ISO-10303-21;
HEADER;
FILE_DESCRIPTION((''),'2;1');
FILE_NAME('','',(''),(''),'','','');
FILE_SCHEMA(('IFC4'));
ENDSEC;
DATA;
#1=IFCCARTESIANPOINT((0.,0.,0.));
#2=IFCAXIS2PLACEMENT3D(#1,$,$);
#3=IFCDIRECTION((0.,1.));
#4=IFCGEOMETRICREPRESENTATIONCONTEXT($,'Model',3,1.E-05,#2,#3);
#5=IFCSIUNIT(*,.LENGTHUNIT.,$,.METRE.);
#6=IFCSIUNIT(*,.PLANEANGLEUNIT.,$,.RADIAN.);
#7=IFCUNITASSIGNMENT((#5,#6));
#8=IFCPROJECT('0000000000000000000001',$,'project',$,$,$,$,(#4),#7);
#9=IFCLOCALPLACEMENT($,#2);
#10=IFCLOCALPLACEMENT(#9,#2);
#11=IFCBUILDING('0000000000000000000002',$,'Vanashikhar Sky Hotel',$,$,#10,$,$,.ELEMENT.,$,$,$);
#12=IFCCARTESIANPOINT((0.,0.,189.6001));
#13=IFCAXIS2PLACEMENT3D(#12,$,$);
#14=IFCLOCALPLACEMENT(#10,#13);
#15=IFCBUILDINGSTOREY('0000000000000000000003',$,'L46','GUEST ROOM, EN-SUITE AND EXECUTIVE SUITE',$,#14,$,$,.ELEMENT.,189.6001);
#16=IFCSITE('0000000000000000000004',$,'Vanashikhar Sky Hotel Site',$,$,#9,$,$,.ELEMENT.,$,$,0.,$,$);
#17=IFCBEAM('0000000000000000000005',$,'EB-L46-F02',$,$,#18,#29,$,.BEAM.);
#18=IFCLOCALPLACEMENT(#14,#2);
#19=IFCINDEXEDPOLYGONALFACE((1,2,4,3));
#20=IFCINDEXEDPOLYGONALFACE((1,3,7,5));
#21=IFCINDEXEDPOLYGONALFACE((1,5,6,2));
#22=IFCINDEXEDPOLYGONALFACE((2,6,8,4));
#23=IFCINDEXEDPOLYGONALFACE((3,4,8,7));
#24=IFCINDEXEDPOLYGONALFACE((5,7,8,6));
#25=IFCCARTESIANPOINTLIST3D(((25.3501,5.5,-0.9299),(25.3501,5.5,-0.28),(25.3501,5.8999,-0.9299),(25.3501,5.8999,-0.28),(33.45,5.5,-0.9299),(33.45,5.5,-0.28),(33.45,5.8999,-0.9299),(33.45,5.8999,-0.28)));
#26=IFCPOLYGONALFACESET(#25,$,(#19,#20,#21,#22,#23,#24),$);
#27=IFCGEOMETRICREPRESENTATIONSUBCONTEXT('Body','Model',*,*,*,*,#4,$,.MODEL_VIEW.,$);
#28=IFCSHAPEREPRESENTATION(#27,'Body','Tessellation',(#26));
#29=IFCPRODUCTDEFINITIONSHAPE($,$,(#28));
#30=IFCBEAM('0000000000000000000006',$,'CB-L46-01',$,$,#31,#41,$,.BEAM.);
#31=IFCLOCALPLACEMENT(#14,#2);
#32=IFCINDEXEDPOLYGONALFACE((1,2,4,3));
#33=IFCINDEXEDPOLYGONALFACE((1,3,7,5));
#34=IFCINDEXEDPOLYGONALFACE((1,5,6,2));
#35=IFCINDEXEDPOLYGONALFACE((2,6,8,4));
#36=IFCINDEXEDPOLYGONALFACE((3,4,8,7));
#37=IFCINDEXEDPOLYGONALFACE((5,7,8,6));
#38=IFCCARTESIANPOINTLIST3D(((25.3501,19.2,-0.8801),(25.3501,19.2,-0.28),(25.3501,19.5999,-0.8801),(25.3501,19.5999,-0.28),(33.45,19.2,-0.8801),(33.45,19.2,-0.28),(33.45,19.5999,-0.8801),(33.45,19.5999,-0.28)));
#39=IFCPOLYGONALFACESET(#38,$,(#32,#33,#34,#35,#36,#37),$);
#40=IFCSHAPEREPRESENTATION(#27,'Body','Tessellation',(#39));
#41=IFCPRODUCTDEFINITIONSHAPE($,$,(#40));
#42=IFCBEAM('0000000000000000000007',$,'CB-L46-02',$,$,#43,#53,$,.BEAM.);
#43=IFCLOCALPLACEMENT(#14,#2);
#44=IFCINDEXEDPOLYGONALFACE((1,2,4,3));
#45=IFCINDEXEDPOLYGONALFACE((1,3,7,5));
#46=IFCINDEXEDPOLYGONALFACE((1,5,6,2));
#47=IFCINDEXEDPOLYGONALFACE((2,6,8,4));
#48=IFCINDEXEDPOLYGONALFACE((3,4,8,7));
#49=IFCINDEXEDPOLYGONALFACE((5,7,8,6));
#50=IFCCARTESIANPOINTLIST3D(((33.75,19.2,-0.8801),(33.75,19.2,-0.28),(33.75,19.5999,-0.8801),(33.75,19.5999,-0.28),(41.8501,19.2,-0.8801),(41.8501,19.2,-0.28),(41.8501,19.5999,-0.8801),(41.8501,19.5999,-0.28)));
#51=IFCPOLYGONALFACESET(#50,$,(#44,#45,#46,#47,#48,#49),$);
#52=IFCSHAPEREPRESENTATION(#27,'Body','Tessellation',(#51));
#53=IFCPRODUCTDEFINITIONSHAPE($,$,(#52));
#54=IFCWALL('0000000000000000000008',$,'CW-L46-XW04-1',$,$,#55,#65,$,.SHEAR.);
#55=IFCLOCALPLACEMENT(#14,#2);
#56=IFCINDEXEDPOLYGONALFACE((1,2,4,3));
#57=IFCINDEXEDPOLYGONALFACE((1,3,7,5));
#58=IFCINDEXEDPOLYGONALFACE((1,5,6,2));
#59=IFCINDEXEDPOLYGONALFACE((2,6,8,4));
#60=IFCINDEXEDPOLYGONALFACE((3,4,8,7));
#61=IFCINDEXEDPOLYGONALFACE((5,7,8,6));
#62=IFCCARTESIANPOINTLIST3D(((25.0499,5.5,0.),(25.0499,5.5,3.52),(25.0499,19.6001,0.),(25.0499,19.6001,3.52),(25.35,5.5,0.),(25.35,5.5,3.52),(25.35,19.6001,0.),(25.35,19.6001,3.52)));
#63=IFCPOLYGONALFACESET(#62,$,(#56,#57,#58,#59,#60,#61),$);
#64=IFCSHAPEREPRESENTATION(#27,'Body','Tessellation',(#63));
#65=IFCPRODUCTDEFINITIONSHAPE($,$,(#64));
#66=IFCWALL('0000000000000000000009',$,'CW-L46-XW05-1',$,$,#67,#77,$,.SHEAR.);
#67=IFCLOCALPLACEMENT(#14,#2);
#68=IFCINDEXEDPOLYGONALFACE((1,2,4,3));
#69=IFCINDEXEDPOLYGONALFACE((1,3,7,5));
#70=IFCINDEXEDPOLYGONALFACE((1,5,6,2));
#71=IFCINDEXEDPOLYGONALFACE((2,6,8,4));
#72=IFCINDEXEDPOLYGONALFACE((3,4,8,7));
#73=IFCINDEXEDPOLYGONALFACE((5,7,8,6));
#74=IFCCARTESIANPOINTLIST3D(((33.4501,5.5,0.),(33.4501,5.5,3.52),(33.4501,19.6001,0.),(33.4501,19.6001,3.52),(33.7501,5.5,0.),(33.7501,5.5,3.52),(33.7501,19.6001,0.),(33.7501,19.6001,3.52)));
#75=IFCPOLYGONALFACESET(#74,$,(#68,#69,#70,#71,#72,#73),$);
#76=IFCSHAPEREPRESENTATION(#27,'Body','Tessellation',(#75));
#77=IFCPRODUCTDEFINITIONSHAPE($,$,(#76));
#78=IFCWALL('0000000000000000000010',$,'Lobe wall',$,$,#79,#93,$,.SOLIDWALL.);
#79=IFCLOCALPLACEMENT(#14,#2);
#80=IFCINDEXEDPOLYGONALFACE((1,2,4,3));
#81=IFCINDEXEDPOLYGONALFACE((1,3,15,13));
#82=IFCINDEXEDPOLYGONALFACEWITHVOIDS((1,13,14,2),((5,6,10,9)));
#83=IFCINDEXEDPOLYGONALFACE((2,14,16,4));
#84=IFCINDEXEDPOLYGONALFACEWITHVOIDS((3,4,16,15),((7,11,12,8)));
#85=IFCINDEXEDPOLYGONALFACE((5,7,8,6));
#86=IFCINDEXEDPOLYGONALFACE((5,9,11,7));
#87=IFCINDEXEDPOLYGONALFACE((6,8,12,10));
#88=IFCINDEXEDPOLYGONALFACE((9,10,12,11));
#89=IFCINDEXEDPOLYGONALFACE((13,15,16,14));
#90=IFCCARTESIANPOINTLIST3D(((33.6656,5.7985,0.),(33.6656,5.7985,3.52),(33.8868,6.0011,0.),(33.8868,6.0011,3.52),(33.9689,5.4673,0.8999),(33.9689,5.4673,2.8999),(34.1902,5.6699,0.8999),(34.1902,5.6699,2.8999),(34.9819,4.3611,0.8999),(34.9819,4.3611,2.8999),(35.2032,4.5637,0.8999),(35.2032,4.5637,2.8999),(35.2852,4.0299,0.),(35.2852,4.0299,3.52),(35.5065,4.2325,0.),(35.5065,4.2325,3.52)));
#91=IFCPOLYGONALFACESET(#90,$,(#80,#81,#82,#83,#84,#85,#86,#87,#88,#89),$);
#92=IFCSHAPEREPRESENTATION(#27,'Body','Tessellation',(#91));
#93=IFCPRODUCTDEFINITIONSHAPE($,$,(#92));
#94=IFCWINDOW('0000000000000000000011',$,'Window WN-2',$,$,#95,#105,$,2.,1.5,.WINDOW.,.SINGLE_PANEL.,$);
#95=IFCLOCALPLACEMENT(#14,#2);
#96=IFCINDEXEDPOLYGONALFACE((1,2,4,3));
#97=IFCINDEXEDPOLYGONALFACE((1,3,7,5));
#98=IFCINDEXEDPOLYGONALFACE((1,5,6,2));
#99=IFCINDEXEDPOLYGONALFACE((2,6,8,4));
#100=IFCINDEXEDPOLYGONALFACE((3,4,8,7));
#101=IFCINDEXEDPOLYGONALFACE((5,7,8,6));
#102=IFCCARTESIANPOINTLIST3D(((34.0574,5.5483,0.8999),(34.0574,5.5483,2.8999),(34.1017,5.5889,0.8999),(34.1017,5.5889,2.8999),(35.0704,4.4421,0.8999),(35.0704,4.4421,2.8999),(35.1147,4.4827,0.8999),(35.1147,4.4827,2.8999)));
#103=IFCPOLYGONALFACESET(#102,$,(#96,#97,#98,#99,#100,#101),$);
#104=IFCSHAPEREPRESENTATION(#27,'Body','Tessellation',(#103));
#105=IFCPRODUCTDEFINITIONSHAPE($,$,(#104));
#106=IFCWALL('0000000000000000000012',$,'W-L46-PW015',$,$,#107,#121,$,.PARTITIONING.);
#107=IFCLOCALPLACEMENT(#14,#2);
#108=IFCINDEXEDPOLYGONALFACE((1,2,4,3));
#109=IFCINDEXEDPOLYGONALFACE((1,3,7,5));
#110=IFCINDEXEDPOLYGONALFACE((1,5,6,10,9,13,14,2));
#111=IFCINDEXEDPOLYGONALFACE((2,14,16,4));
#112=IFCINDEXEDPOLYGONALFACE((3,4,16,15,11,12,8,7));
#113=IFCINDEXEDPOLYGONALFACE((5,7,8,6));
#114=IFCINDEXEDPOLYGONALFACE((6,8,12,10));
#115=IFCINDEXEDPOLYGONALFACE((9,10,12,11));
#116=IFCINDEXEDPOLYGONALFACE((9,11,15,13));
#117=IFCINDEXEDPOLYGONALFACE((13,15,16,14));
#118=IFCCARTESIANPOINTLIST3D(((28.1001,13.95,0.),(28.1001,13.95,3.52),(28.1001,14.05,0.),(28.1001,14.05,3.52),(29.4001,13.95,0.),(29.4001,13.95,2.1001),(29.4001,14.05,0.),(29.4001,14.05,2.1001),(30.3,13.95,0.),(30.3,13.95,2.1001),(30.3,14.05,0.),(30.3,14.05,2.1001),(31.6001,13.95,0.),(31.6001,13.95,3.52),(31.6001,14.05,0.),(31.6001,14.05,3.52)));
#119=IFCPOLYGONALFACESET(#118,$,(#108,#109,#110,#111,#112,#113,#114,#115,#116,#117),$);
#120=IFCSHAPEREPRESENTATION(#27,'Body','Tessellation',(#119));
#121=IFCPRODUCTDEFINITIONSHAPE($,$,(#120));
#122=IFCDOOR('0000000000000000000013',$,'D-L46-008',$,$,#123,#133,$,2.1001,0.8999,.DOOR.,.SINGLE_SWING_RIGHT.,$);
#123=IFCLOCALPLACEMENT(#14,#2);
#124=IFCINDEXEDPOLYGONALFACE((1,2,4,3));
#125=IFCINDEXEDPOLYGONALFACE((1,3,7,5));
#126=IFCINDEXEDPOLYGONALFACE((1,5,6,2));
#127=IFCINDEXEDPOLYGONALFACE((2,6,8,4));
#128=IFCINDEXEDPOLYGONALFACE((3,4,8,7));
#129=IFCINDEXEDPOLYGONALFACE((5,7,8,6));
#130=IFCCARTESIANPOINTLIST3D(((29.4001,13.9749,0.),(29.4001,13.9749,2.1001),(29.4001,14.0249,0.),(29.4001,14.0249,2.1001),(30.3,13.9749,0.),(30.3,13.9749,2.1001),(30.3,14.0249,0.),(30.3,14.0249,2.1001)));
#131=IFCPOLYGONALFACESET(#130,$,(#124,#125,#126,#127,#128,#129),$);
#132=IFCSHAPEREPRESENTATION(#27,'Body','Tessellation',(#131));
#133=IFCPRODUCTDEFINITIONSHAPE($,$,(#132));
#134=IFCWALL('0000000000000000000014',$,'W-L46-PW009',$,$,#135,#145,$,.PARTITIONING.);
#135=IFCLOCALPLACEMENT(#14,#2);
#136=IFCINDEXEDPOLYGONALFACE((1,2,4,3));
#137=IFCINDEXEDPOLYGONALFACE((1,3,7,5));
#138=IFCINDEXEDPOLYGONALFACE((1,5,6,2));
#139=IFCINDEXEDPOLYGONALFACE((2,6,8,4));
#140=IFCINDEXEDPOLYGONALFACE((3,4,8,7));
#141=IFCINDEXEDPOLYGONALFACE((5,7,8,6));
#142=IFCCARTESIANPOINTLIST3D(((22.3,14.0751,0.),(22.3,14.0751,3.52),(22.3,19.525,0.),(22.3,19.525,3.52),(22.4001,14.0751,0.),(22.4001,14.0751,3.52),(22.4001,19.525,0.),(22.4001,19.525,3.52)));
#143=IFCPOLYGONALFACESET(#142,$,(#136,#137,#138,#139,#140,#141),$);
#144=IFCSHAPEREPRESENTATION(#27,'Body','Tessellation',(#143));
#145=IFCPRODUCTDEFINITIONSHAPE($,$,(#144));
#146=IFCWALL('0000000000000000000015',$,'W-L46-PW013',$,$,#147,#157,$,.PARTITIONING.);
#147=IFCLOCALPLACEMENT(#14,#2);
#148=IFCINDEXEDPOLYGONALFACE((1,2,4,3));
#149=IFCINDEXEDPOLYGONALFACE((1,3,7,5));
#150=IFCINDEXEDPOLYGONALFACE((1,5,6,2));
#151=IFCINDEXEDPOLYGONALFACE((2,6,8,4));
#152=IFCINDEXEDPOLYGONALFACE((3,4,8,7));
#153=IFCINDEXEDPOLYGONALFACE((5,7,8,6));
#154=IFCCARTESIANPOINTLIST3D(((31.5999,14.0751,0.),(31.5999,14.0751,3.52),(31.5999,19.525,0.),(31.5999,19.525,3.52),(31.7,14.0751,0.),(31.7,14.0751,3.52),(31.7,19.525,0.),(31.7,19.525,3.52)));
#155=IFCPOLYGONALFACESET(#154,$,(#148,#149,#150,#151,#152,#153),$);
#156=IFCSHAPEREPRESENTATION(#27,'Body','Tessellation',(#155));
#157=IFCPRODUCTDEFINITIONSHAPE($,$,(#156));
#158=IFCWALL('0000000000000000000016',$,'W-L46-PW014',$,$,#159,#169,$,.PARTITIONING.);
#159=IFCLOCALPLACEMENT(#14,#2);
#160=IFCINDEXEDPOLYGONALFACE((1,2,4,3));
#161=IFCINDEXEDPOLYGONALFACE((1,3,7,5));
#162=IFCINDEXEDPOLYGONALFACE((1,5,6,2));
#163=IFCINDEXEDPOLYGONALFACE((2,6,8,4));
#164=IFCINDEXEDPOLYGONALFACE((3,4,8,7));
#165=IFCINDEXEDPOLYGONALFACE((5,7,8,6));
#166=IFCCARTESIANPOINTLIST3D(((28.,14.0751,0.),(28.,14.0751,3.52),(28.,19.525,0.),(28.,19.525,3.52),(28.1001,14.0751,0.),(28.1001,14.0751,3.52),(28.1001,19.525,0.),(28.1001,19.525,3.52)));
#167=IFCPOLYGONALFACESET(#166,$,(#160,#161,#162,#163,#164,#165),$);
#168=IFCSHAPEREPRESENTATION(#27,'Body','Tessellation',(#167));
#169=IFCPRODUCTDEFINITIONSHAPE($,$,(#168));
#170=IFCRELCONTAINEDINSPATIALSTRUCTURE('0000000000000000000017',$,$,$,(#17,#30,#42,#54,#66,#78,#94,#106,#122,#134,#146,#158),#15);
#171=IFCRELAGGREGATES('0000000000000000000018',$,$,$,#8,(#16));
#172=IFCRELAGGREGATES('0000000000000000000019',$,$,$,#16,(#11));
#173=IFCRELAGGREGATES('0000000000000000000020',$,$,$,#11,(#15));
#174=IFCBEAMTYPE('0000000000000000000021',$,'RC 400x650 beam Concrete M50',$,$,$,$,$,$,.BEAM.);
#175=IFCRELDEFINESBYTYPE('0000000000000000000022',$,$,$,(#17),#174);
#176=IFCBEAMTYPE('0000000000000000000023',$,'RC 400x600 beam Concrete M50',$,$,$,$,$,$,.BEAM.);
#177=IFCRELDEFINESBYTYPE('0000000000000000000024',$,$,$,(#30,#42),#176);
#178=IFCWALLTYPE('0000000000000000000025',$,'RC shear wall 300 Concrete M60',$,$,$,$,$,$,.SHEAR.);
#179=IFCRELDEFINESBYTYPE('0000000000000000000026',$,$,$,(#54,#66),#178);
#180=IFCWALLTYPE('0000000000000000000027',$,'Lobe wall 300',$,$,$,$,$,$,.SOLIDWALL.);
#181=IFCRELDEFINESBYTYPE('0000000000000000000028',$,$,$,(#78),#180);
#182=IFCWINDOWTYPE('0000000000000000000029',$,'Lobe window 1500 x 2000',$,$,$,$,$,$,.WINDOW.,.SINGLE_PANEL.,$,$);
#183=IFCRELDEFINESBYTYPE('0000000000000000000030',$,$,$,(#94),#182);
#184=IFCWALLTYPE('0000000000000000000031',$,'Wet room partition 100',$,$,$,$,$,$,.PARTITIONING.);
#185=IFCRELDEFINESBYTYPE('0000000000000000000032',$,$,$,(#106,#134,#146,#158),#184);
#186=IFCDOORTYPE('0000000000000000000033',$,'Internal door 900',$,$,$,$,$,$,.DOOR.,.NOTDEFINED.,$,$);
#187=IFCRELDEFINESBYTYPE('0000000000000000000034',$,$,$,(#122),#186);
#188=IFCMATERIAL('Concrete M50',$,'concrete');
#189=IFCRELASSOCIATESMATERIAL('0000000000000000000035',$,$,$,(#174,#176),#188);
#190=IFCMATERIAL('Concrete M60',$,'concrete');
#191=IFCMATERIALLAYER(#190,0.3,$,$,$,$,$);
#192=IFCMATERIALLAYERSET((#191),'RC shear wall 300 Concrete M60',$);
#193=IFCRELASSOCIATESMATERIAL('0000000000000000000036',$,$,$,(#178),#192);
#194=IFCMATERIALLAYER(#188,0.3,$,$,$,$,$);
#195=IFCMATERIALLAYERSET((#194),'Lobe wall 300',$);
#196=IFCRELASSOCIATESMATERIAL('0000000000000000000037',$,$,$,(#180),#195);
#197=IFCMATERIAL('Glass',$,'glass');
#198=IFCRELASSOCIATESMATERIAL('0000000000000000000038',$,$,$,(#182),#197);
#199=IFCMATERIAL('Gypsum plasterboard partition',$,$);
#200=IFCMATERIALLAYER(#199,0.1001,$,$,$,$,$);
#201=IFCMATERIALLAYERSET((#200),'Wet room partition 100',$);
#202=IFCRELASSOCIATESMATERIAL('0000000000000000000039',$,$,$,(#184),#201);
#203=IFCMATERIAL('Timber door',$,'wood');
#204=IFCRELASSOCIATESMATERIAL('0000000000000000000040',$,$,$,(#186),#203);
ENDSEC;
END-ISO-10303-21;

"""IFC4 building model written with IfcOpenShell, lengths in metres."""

from ifc_helpers import new_model, si_unit, direction, frame, frame_2d, origin, origin_2d, place, context, subcontext, project, spatial, rectangle, extrude, source, transform, mapped, material, layer, layer_set, material_profile, profile_set, type_object, element, fill, save


model = new_model("IFC4")

# Units and contexts
model_context = context("Model", 3, precision=1e-05, world=origin(), true_north=direction((0.0, 1.0)))
body_context = subcontext(model_context, "Body", "Model", "MODEL_VIEW")
ifc_project = project(units=[si_unit("LENGTHUNIT", "METRE"), si_unit("PLANEANGLEUNIT", "RADIAN")], contexts=[model_context])

# Site, building, storey
site_placement = place(None, origin())
site = spatial("IfcSite", under=ifc_project, at=site_placement, Name="Vanashikhar Sky Hotel Site", CompositionType="ELEMENT", RefElevation=0.0)
building_placement = place(site_placement, origin())
building = spatial("IfcBuilding", under=site, at=building_placement, Name="Vanashikhar Sky Hotel", CompositionType="ELEMENT")
storey_placement = place(building_placement, frame((0.0, 0.0, 189.6001)))
storey = spatial("IfcBuildingStorey", under=building, at=storey_placement, Name="L46", Description="GUEST ROOM, EN-SUITE AND EXECUTIVE SUITE", CompositionType="ELEMENT", Elevation=189.6001)

# Beams
ifc_material_1 = material(Name="Concrete M50", Category="concrete")
ifc_material_profile_1 = material_profile(ifc_material_1, rectangle(XDim=0.3999, YDim=0.6499, at=origin_2d()))
ifc_profile_set_1 = profile_set([ifc_material_profile_1], Name="RC 400x650 beam Concrete M50")
beam_type_1 = type_object("IfcBeamType", Name="RC 400x650 beam Concrete M50", PredefinedType="BEAM", material=ifc_profile_set_1)
shared_shape_1 = source(origin(), body_context, "Body", "SweptSolid", [
    extrude(rectangle(XDim=0.3999, YDim=0.6499, at=origin_2d()), origin(), (0.0, 0.0, 1.0), 8.0999),
])
beam_1_placement = place(storey_placement, frame((25.3501, 5.7, -0.605), z_axis=(1.0, 0.0, 0.0), x_axis=(0.0, 1.0, 0.0)))
element("IfcBeam", 1, at=beam_1_placement, inside=storey, type_object=beam_type_1, Name="EB-L46-F02", PredefinedType="BEAM", context=body_context, shape_type="MappedRepresentation", body=[
    mapped(shared_shape_1, transform((0.0, 0.0, 0.0), scale=1.0)),
])
ifc_material_profile_2 = material_profile(ifc_material_1, rectangle(XDim=0.3999, YDim=0.6001, at=origin_2d()))
ifc_profile_set_2 = profile_set([ifc_material_profile_2], Name="RC 400x600 beam Concrete M50")
beam_type_2 = type_object("IfcBeamType", Name="RC 400x600 beam Concrete M50", PredefinedType="BEAM", material=ifc_profile_set_2)
shared_shape_2 = source(origin(), body_context, "Body", "SweptSolid", [
    extrude(rectangle(XDim=0.3999, YDim=0.6001, at=origin_2d()), origin(), (0.0, 0.0, 1.0), 8.0999),
])
beam_2_placement = place(storey_placement, frame((25.3501, 19.3999, -0.5801), z_axis=(1.0, 0.0, 0.0), x_axis=(0.0, 1.0, 0.0)))
element("IfcBeam", 2, at=beam_2_placement, inside=storey, type_object=beam_type_2, Name="CB-L46-01", PredefinedType="BEAM", context=body_context, shape_type="MappedRepresentation", body=[
    mapped(shared_shape_2, transform((0.0, 0.0, 0.0), scale=1.0)),
])
shared_shape_3 = source(origin(), body_context, "Body", "SweptSolid", [
    extrude(rectangle(XDim=0.3999, YDim=0.6001, at=origin_2d()), origin(), (0.0, 0.0, 1.0), 8.1001),
])
beam_3_placement = place(storey_placement, frame((33.75, 19.3999, -0.5801), z_axis=(1.0, 0.0, 0.0), x_axis=(0.0, 1.0, 0.0)))
element("IfcBeam", 3, at=beam_3_placement, inside=storey, type_object=beam_type_2, Name="CB-L46-02", PredefinedType="BEAM", context=body_context, shape_type="MappedRepresentation", body=[
    mapped(shared_shape_3, transform((0.0, 0.0, 0.0), scale=1.0)),
])

# Walls
ifc_material_2 = material(Name="Concrete M60", Category="concrete")
ifc_layer_1 = layer(ifc_material_2, 0.3)
ifc_layer_set_1 = layer_set([ifc_layer_1], Name="RC shear wall 300 Concrete M60")
wall_type_1 = type_object("IfcWallType", Name="RC shear wall 300 Concrete M60", PredefinedType="SHEAR", material=ifc_layer_set_1)
shared_shape_4 = source(origin(), body_context, "Body", "SweptSolid", [
    extrude(rectangle(XDim=14.1001, YDim=0.3, at=frame_2d((7.05, 0.0))), origin(), (0.0, 0.0, 1.0), 3.52),
])
for number, where, z_axis, x_axis, name in (
    (4, (25.2, 5.5, 0.0), (0.0, 0.0, 1.0), (0.0, 1.0, 0.0), "CW-L46-XW04-1"),
    (5, (33.6001, 5.5, 0.0), (0.0, 0.0, 1.0), (0.0, 1.0, 0.0), "CW-L46-XW05-1"),
):
    element("IfcWall", number, at=place(storey_placement, frame(where, z_axis=z_axis, x_axis=x_axis)), inside=storey, type_object=wall_type_1, Name=name, PredefinedType="SHEAR", context=body_context, shape_type="MappedRepresentation", body=[
        mapped(shared_shape_4, transform((0.0, 0.0, 0.0), scale=1.0)),
    ])

# Wall, opening, window
ifc_layer_2 = layer(ifc_material_1, 0.3)
ifc_layer_set_2 = layer_set([ifc_layer_2], Name="Lobe wall 300")
wall_type_2 = type_object("IfcWallType", Name="Lobe wall 300", PredefinedType="SOLIDWALL", material=ifc_layer_set_2)
shared_shape_5 = source(origin(), body_context, "Body", "SweptSolid", [
    extrude(rectangle(XDim=2.3982, YDim=0.3, at=frame_2d((1.1992, 0.0))), origin(), (0.0, 0.0, 1.0), 3.52),
])
wall_1_placement = place(storey_placement, frame((33.7761, 5.8999, 0.0), z_axis=(0.0, 0.0, 1.0), x_axis=(0.675374, -0.737475, 0.0)))
wall_1 = element("IfcWall", 6, at=wall_1_placement, inside=storey, type_object=wall_type_2, Name="Lobe wall", PredefinedType="SOLIDWALL", context=body_context, shape_type="MappedRepresentation", body=[
    mapped(shared_shape_5, transform((0.0, 0.0, 0.0), scale=1.0)),
])
shared_shape_6 = source(origin(), body_context, "Body", "SweptSolid", [
    extrude(rectangle(XDim=1.5, YDim=2.0, at=frame_2d((0.75, 1.0))), frame((0.0, 0.1602, 0.0), z_axis=(0.0, -1.0, 0.0), x_axis=(1.0, 0.0, 0.0)), (0.0, 0.0, 1.0), 0.3201),
])
opening_1_placement = place(wall_1_placement, frame((0.4492, 0.0, 0.8999)))
opening_1 = element("IfcOpeningElement", 7, at=opening_1_placement, cuts=wall_1, PredefinedType="OPENING", context=body_context, shape_type="MappedRepresentation", body=[
    mapped(shared_shape_6, transform((0.0, 0.0, 0.0), scale=1.0)),
])
ifc_material_3 = material(Name="Glass", Category="glass")
window_type_1 = type_object("IfcWindowType", Name="Lobe window 1500 x 2000", PartitioningType="SINGLE_PANEL", PredefinedType="WINDOW", material=ifc_material_3)
shared_shape_7 = source(origin(), body_context, "Body", "SweptSolid", [
    extrude(rectangle(XDim=1.5, YDim=2.0, at=frame_2d((0.75, 1.0))), frame((0.0, 0.03, 0.0), z_axis=(0.0, -1.0, 0.0), x_axis=(1.0, 0.0, 0.0)), (0.0, 0.0, 1.0), 0.0601),
])
window_1_placement = place(opening_1_placement, origin())
window_1 = element("IfcWindow", 8, at=window_1_placement, inside=storey, type_object=window_type_1, Name="Window WN-2", OverallHeight=2.0, OverallWidth=1.5, PartitioningType="SINGLE_PANEL", PredefinedType="WINDOW", context=body_context, shape_type="MappedRepresentation", body=[
    mapped(shared_shape_7, transform((0.0, 0.0, 0.0), scale=1.0)),
])
fill(opening_1, window_1)

# Wall, opening, door
ifc_material_4 = material(Name="Gypsum plasterboard partition")
ifc_layer_3 = layer(ifc_material_4, 0.1001)
ifc_layer_set_3 = layer_set([ifc_layer_3], Name="Wet room partition 100")
wall_type_3 = type_object("IfcWallType", Name="Wet room partition 100", PredefinedType="PARTITIONING", material=ifc_layer_set_3)
shared_shape_8 = source(origin(), body_context, "Body", "SweptSolid", [
    extrude(rectangle(XDim=3.5, YDim=0.1001, at=frame_2d((1.75, 0.0))), origin(), (0.0, 0.0, 1.0), 3.52),
])
wall_2_placement = place(storey_placement, frame((28.1001, 14.0, 0.0), z_axis=(0.0, 0.0, 1.0), x_axis=(1.0, 0.0, 0.0)))
wall_2 = element("IfcWall", 9, at=wall_2_placement, inside=storey, type_object=wall_type_3, Name="W-L46-PW015", PredefinedType="PARTITIONING", context=body_context, shape_type="MappedRepresentation", body=[
    mapped(shared_shape_8, transform((0.0, 0.0, 0.0), scale=1.0)),
])
shared_shape_9 = source(origin(), body_context, "Body", "SweptSolid", [
    extrude(rectangle(XDim=0.8999, YDim=2.1001, at=frame_2d((0.45, 1.05))), frame((0.0, 0.0601, 0.0), z_axis=(0.0, -1.0, 0.0), x_axis=(1.0, 0.0, 0.0)), (0.0, 0.0, 1.0), 0.1201),
])
opening_2_placement = place(wall_2_placement, frame((1.3, 0.0, 0.0)))
opening_2 = element("IfcOpeningElement", 10, at=opening_2_placement, cuts=wall_2, PredefinedType="OPENING", context=body_context, shape_type="MappedRepresentation", body=[
    mapped(shared_shape_9, transform((0.0, 0.0, 0.0), scale=1.0)),
])
ifc_material_5 = material(Name="Timber door", Category="wood")
door_type_1 = type_object("IfcDoorType", Name="Internal door 900", OperationType="NOTDEFINED", PredefinedType="DOOR", material=ifc_material_5)
shared_shape_10 = source(origin(), body_context, "Body", "SweptSolid", [
    extrude(rectangle(XDim=0.8999, YDim=2.1001, at=frame_2d((0.45, 1.05))), frame((0.0, 0.0249, 0.0), z_axis=(0.0, -1.0, 0.0), x_axis=(1.0, 0.0, 0.0)), (0.0, 0.0, 1.0), 0.05),
])
door_1_placement = place(opening_2_placement, origin())
door_1 = element("IfcDoor", 11, at=door_1_placement, inside=storey, type_object=door_type_1, Name="D-L46-008", OperationType="SINGLE_SWING_RIGHT", OverallHeight=2.1001, OverallWidth=0.8999, PredefinedType="DOOR", context=body_context, shape_type="MappedRepresentation", body=[
    mapped(shared_shape_10, transform((0.0, 0.0, 0.0), scale=1.0)),
])
fill(opening_2, door_1)

# Walls
shared_shape_11 = source(origin(), body_context, "Body", "SweptSolid", [
    extrude(rectangle(XDim=5.45, YDim=0.1001, at=frame_2d((2.7251, 0.0))), origin(), (0.0, 0.0, 1.0), 3.52),
])
for number, where, z_axis, x_axis, name in (
    (12, (22.3501, 14.075, 0.0), (0.0, 0.0, 1.0), (0.0, 1.0, 0.0), "W-L46-PW009"),
    (13, (31.6499, 14.075, 0.0), (0.0, 0.0, 1.0), (0.0, 1.0, 0.0), "W-L46-PW013"),
    (14, (28.05, 14.075, 0.0), (0.0, 0.0, 1.0), (0.0, 1.0, 0.0), "W-L46-PW014"),
):
    element("IfcWall", number, at=place(storey_placement, frame(where, z_axis=z_axis, x_axis=x_axis)), inside=storey, type_object=wall_type_3, Name=name, PredefinedType="PARTITIONING", context=body_context, shape_type="MappedRepresentation", body=[
        mapped(shared_shape_11, transform((0.0, 0.0, 0.0), scale=1.0)),
    ])

save(model, "model.ifc")
